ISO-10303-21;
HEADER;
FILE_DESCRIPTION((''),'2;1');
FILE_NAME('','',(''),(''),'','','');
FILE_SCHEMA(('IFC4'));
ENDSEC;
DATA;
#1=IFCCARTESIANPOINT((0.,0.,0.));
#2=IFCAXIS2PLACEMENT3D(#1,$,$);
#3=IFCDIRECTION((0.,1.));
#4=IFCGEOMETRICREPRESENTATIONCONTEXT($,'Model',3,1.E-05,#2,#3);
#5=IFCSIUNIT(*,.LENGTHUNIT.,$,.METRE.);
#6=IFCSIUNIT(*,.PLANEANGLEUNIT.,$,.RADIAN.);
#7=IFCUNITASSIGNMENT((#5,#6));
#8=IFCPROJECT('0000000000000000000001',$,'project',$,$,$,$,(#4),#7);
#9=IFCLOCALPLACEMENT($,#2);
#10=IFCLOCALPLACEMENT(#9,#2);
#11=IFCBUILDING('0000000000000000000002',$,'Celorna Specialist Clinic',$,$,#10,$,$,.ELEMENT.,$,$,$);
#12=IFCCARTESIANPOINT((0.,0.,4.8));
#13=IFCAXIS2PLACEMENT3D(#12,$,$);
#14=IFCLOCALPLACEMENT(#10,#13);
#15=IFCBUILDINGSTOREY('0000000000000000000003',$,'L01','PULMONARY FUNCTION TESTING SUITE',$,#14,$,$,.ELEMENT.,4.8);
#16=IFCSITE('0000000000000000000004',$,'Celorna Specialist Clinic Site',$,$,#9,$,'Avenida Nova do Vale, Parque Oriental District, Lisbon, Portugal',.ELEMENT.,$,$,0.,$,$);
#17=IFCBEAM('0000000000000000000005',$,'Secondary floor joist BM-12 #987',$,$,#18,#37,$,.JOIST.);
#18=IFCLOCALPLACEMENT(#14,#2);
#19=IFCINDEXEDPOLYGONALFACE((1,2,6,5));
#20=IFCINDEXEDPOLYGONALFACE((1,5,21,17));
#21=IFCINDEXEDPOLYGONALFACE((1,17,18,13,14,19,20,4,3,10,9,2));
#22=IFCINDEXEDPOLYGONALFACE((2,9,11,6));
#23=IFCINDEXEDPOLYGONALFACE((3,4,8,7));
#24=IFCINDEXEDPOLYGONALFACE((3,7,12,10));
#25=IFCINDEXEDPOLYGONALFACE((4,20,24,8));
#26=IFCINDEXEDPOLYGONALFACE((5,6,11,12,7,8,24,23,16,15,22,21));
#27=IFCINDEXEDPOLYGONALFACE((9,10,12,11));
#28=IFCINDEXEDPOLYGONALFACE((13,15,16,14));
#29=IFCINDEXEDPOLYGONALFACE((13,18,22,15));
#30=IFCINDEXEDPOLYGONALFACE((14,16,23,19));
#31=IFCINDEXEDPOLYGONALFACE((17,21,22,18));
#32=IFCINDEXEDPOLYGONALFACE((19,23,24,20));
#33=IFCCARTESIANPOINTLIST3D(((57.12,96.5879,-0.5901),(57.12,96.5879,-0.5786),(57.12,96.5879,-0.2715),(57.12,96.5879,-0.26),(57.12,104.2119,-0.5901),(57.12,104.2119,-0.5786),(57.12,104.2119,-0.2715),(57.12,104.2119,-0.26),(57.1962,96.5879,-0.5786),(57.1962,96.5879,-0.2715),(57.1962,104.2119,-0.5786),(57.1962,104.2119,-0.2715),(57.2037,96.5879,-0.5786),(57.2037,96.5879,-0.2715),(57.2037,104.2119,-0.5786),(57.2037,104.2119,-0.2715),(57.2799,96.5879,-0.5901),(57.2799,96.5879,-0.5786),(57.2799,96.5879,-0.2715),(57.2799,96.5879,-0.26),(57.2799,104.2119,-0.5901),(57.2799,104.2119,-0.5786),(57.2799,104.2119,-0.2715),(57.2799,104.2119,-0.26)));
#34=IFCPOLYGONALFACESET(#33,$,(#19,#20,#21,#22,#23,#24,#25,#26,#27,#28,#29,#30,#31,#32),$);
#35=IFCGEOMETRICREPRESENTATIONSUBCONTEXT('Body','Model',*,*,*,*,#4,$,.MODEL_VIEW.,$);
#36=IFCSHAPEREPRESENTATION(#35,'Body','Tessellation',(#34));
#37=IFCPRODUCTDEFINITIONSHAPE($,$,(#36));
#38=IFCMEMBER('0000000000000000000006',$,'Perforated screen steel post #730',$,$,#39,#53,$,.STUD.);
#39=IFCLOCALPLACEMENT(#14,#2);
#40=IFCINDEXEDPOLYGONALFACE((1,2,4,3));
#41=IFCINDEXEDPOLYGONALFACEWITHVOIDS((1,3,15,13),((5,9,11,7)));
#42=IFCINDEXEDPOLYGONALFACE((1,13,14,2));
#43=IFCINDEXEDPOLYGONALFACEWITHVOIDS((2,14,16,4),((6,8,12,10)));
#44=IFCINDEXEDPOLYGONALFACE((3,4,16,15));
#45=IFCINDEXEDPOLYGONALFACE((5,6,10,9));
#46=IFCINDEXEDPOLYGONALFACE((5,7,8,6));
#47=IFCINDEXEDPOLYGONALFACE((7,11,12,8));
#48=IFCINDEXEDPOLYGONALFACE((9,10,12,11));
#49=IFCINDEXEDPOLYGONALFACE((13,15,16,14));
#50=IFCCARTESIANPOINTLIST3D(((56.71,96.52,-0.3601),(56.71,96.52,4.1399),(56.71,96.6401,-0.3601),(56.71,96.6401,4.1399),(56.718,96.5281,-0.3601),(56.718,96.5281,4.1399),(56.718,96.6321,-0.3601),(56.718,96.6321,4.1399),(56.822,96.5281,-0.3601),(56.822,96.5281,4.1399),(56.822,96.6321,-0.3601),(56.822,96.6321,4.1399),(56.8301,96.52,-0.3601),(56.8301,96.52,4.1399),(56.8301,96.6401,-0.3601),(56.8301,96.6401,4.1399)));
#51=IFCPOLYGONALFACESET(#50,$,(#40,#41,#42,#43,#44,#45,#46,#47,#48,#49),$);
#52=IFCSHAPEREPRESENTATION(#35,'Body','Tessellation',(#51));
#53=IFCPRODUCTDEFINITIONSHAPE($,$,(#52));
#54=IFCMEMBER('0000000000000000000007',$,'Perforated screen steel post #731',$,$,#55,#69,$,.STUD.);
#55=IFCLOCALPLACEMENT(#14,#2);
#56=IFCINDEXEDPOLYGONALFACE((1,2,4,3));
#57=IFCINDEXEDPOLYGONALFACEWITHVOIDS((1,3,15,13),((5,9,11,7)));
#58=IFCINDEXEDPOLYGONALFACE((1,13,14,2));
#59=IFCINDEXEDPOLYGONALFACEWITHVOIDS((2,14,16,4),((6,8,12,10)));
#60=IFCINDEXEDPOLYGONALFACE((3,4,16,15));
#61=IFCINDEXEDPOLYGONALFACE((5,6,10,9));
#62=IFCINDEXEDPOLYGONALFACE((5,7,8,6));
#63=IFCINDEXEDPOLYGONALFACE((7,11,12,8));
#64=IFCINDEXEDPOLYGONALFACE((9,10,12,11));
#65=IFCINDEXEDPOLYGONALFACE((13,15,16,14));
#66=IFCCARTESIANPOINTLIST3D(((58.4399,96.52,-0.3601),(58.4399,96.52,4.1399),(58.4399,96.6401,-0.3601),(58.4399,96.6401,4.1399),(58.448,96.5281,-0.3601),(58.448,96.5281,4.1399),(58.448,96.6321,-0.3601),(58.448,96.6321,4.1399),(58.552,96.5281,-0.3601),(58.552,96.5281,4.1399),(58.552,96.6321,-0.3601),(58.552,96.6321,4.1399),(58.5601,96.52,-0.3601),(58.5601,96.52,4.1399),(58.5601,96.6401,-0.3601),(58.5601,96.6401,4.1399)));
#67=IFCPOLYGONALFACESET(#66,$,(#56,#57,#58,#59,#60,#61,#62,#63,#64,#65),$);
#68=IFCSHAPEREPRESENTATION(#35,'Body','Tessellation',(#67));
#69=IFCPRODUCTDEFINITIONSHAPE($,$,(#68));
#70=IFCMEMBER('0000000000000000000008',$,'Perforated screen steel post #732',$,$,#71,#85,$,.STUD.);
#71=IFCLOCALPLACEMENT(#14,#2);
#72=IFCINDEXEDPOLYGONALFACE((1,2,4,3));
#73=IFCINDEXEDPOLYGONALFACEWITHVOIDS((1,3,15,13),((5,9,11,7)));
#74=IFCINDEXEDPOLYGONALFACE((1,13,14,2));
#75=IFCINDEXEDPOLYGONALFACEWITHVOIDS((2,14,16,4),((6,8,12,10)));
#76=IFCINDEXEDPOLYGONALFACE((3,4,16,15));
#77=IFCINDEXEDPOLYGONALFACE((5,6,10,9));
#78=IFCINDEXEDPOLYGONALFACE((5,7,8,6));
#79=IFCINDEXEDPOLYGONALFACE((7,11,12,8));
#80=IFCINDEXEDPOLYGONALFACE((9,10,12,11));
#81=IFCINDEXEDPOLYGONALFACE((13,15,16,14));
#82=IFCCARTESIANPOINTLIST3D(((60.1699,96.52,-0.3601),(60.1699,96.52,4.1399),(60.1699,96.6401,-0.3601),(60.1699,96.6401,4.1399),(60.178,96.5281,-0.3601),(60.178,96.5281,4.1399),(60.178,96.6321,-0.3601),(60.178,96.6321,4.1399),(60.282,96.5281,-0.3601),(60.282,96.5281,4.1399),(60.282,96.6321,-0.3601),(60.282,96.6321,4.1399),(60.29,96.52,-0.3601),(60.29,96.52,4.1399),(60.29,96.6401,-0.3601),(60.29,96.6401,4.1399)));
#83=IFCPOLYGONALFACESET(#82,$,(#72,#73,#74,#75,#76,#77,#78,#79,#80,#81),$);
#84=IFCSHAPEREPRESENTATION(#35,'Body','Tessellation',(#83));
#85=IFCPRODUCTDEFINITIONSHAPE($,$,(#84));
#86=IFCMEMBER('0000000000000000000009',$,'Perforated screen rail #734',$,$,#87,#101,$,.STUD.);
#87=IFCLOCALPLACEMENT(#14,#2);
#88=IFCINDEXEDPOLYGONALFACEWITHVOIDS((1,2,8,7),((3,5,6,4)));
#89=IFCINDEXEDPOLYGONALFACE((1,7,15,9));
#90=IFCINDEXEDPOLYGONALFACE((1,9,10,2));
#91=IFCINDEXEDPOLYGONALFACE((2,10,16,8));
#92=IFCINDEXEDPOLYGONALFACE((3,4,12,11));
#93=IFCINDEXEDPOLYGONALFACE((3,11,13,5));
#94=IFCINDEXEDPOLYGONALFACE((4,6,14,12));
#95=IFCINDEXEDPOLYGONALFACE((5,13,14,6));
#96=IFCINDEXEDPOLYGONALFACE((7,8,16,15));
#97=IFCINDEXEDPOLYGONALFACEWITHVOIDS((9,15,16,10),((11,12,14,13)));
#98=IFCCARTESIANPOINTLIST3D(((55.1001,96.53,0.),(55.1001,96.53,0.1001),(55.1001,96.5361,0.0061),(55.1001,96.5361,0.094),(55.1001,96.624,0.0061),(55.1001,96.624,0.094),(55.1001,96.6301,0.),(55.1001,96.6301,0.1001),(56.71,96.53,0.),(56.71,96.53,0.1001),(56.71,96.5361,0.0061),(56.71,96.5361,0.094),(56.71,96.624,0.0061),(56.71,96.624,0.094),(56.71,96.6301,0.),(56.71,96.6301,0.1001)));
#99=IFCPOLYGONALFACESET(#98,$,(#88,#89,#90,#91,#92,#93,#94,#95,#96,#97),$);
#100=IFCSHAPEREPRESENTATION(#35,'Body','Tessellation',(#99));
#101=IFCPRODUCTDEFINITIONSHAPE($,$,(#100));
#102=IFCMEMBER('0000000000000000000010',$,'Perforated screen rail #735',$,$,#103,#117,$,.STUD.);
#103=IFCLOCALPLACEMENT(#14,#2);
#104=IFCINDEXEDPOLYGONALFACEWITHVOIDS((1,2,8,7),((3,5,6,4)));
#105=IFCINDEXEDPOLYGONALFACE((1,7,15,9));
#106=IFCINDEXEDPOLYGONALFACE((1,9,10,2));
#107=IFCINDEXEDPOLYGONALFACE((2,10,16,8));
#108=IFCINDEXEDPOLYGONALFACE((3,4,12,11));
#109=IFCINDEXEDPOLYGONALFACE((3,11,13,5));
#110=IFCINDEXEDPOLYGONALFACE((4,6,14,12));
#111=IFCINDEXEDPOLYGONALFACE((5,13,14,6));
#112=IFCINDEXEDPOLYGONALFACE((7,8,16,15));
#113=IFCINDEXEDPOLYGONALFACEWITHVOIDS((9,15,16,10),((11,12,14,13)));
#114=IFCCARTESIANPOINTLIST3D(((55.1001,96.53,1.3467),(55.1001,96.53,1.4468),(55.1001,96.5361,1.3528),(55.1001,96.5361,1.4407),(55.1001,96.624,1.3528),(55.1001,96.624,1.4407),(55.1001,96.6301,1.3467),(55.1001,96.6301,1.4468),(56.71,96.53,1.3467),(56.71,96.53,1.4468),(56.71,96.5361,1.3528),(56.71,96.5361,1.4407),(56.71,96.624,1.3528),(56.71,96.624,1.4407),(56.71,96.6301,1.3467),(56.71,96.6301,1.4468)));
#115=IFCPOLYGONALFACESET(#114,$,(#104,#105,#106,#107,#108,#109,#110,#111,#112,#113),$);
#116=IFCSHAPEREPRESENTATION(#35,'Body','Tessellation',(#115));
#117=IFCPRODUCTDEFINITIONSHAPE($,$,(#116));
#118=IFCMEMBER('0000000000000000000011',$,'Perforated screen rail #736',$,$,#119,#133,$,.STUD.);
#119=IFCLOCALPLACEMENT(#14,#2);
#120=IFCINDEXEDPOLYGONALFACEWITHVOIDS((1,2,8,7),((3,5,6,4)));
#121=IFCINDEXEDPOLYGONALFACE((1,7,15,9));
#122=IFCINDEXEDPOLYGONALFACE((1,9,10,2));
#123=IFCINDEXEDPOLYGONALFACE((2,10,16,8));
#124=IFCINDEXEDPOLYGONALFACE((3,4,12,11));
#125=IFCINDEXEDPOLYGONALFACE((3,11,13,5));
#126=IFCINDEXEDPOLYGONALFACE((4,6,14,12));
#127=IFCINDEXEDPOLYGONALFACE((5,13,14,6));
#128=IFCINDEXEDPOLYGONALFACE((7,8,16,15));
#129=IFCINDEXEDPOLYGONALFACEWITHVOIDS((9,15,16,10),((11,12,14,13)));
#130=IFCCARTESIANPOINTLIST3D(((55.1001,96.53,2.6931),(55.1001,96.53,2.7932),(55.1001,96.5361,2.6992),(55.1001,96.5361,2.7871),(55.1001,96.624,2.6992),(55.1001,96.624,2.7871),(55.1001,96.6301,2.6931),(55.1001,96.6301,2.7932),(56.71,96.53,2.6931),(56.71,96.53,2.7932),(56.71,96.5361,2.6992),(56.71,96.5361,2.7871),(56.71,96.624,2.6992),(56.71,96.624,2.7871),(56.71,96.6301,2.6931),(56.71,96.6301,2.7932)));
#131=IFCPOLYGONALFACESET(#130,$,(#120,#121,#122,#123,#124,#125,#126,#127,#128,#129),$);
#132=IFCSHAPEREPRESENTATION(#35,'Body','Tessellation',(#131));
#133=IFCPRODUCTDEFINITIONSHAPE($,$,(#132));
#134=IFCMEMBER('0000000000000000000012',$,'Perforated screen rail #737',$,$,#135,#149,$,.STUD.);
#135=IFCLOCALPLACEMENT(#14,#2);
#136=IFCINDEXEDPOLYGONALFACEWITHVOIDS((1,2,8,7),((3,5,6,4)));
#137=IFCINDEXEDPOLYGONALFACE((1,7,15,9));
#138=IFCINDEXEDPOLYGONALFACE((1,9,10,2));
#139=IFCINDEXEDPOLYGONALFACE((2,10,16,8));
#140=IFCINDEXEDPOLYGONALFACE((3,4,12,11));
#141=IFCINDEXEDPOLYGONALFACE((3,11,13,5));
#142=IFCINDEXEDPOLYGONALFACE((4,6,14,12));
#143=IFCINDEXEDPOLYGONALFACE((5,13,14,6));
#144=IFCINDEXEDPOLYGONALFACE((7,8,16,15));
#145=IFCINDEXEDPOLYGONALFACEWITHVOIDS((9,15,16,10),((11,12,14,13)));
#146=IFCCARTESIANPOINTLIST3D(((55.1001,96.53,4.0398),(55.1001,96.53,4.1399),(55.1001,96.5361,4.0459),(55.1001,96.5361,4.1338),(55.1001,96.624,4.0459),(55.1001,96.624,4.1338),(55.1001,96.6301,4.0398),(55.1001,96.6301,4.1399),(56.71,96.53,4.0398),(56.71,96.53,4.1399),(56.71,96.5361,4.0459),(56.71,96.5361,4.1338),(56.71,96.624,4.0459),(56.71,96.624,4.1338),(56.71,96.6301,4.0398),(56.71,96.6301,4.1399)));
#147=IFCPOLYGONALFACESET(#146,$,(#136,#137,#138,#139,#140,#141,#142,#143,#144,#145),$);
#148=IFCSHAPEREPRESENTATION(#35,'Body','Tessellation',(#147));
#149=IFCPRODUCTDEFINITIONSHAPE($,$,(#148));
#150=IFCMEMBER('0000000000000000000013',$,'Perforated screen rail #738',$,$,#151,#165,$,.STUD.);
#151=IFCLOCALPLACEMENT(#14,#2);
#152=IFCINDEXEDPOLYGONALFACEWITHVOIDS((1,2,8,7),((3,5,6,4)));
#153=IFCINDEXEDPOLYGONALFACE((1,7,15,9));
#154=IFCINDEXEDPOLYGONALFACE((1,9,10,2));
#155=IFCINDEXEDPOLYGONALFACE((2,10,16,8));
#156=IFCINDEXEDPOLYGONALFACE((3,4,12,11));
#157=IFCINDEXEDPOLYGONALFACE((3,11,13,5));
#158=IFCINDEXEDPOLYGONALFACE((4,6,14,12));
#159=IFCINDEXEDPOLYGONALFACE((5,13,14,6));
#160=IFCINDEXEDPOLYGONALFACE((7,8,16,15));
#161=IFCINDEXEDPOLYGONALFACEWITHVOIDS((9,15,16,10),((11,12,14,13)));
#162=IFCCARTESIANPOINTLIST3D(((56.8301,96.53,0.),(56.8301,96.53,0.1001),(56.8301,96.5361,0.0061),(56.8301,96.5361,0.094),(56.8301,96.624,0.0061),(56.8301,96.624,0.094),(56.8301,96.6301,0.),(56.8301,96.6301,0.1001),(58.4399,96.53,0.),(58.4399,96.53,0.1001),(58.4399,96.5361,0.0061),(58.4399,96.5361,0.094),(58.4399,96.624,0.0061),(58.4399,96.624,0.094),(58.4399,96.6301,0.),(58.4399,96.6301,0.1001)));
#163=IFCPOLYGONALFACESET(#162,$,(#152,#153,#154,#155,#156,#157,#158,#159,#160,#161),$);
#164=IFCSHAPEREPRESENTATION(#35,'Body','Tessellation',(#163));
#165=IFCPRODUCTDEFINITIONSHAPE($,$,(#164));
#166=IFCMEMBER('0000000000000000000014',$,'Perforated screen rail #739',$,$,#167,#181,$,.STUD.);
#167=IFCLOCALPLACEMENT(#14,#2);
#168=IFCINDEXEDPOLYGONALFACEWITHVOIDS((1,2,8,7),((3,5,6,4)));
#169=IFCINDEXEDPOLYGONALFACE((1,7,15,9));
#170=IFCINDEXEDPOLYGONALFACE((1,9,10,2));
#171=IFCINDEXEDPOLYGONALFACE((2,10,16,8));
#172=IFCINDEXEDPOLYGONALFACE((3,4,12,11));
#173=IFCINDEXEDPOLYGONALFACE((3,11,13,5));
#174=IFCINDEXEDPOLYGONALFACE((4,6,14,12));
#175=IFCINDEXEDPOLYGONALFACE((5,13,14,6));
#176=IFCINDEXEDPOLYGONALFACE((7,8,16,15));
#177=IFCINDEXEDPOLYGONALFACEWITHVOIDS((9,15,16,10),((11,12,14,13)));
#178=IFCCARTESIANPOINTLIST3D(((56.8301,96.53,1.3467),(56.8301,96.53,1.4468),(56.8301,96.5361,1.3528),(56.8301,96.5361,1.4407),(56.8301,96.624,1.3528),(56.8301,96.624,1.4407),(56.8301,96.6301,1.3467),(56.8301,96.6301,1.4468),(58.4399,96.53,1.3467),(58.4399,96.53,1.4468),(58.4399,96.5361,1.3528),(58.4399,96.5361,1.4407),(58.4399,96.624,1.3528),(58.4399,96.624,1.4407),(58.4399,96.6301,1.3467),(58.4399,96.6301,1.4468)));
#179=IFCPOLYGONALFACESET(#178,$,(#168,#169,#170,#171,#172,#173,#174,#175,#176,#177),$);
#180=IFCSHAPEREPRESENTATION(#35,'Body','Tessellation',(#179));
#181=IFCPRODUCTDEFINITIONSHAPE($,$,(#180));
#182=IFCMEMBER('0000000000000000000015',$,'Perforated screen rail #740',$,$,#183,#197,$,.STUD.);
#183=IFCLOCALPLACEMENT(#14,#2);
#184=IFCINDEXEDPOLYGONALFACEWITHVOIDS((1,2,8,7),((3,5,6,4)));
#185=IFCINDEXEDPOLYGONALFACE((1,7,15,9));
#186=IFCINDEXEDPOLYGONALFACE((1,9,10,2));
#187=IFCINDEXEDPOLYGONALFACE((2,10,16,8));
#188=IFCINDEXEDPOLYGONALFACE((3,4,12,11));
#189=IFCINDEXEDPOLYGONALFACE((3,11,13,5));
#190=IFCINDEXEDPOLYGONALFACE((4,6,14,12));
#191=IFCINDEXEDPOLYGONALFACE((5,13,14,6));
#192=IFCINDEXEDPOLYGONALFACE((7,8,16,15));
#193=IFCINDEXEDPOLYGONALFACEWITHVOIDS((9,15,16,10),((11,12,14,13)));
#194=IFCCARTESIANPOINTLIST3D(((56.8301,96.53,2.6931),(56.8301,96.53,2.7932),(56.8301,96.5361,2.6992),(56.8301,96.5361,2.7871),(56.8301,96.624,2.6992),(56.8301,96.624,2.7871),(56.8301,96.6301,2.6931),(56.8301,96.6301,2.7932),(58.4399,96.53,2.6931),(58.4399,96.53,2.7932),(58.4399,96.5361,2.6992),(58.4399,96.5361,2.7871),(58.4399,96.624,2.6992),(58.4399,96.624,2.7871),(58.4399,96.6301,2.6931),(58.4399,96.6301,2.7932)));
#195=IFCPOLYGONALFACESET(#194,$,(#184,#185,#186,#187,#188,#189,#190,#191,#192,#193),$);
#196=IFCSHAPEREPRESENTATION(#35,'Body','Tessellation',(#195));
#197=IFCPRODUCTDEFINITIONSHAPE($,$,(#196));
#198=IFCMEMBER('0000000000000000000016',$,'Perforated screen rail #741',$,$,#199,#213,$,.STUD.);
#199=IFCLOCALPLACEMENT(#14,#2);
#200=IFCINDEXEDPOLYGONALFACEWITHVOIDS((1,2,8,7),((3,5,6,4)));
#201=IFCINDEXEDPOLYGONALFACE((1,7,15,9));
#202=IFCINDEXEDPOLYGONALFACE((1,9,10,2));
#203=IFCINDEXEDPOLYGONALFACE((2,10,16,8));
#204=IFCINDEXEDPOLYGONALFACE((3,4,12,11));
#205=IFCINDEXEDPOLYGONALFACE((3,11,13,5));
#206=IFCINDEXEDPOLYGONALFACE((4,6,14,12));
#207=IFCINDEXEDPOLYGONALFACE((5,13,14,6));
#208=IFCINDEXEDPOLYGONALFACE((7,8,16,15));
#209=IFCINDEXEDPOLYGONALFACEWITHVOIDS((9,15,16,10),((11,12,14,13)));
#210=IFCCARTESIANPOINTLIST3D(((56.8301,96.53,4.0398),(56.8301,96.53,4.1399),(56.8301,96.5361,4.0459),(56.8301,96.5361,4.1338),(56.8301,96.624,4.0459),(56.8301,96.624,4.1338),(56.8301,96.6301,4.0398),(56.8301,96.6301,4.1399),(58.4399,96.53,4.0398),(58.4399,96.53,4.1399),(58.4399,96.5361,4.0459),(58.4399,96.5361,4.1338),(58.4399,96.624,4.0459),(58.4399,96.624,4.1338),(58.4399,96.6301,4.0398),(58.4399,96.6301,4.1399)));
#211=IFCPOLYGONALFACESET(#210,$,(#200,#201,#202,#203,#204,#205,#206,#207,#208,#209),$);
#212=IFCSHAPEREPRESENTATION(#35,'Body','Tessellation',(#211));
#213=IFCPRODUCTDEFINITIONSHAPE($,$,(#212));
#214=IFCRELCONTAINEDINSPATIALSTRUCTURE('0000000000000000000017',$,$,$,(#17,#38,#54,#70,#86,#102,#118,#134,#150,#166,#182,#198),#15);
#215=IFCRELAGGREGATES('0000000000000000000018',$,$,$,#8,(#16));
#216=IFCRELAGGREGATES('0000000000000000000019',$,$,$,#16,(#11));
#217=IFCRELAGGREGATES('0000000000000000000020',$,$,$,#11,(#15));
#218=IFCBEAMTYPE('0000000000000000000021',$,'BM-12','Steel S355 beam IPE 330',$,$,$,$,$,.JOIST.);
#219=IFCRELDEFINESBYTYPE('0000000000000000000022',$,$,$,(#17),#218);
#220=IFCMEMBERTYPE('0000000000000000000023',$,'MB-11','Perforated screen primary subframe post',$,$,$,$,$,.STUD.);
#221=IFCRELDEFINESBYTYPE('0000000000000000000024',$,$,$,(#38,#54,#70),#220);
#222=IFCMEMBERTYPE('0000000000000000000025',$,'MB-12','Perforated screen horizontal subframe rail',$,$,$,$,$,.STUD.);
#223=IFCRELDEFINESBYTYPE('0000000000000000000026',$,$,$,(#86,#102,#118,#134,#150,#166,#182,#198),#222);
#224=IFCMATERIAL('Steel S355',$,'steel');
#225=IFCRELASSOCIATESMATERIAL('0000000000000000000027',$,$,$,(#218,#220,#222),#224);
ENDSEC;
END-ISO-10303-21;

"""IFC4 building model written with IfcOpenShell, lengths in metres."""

from ifc_helpers import new_model, si_unit, direction, frame, origin, origin_2d, place, context, subcontext, project, spatial, hollow_rectangle, i_section, extrude, material, material_profile, profile_set, type_object, element, save


model = new_model("IFC4")

# Units and contexts
model_context = context("Model", 3, precision=1e-05, world=origin(), true_north=direction((0.0, 1.0)))
body_context = subcontext(model_context, "Body", "Model", "MODEL_VIEW")
ifc_project = project(units=[si_unit("LENGTHUNIT", "METRE"), si_unit("PLANEANGLEUNIT", "RADIAN")], contexts=[model_context])

# Site, building, storey
site_placement = place(None, origin())
site = spatial("IfcSite", under=ifc_project, at=site_placement, Name="Celorna Specialist Clinic Site", LongName="Avenida Nova do Vale, Parque Oriental District, Lisbon, Portugal", CompositionType="ELEMENT", RefElevation=0.0)
building_placement = place(site_placement, origin())
building = spatial("IfcBuilding", under=site, at=building_placement, Name="Celorna Specialist Clinic", CompositionType="ELEMENT")
storey_placement = place(building_placement, frame((0.0, 0.0, 4.8)))
storey = spatial("IfcBuildingStorey", under=building, at=storey_placement, Name="L01", Description="PULMONARY FUNCTION TESTING SUITE", CompositionType="ELEMENT", Elevation=4.8)

# Beam
ifc_material_1 = material(Name="Steel S355", Category="steel")
ifc_material_profile_1 = material_profile(ifc_material_1, i_section(OverallWidth=0.1599, OverallDepth=0.3301, WebThickness=0.0076, FlangeThickness=0.0115, at=origin_2d()), Name="IPE 330")
ifc_profile_set_1 = profile_set([ifc_material_profile_1], Name="Steel S355")
beam_type = type_object("IfcBeamType", Name="BM-12", Description="Steel S355 beam IPE 330", PredefinedType="JOIST", material=ifc_profile_set_1)
beam_placement = place(storey_placement, frame((57.2, 96.5879, -0.425), z_axis=(0.0, 1.0, 0.0), x_axis=(-1.0, 0.0, 0.0)))
element("IfcBeam", 1, at=beam_placement, inside=storey, type_object=beam_type, Name="Secondary floor joist BM-12 #987", PredefinedType="JOIST", context=body_context, shape_type="SweptSolid", body=[
    extrude(i_section(OverallWidth=0.1599, OverallDepth=0.3301, WebThickness=0.0076, FlangeThickness=0.0115, at=origin_2d()), origin(), (0.0, 0.0, 1.0), 7.624),
])

# Members
ifc_material_profile_2 = material_profile(ifc_material_1, hollow_rectangle(XDim=0.1201, YDim=0.1201, WallThickness=0.0081, at=origin_2d()), Name="SHS 120x120x8")
ifc_profile_set_2 = profile_set([ifc_material_profile_2], Name="Steel S355")
member_type_1 = type_object("IfcMemberType", Name="MB-11", Description="Perforated screen primary subframe post", PredefinedType="STUD", material=ifc_profile_set_2)
for number, where, z_axis, x_axis, name in (
    (2, (56.77, 96.5801, -0.3601), (0.0, 0.0, 1.0), (1.0, 0.0, 0.0), "Perforated screen steel post #730"),
    (3, (58.5, 96.5801, -0.3601), (0.0, 0.0, 1.0), (1.0, 0.0, 0.0), "Perforated screen steel post #731"),
    (4, (60.23, 96.5801, -0.3601), (0.0, 0.0, 1.0), (1.0, 0.0, 0.0), "Perforated screen steel post #732"),
):
    element("IfcMember", number, at=place(storey_placement, frame(where, z_axis=z_axis, x_axis=x_axis)), inside=storey, type_object=member_type_1, Name=name, PredefinedType="STUD", context=body_context, shape_type="SweptSolid", body=[
        extrude(hollow_rectangle(XDim=0.1201, YDim=0.1201, WallThickness=0.0081, at=origin_2d()), origin(), (0.0, 0.0, 1.0), 4.5),
    ])
ifc_material_profile_3 = material_profile(ifc_material_1, hollow_rectangle(XDim=0.1001, YDim=0.1001, WallThickness=0.0061, at=origin_2d()), Name="SHS 100x100x6")
ifc_profile_set_3 = profile_set([ifc_material_profile_3], Name="Steel S355")
member_type_2 = type_object("IfcMemberType", Name="MB-12", Description="Perforated screen horizontal subframe rail", PredefinedType="STUD", material=ifc_profile_set_3)
for number, where, z_axis, x_axis, name in (
    (5, (55.1001, 96.5801, 0.05), (1.0, 0.0, 0.0), (0.0, 1.0, 0.0), "Perforated screen rail #734"),
    (6, (55.1001, 96.5801, 1.3967), (1.0, 0.0, 0.0), (0.0, 1.0, 0.0), "Perforated screen rail #735"),
    (7, (55.1001, 96.5801, 2.7432), (1.0, 0.0, 0.0), (0.0, 1.0, 0.0), "Perforated screen rail #736"),
    (8, (55.1001, 96.5801, 4.0898), (1.0, 0.0, 0.0), (0.0, 1.0, 0.0), "Perforated screen rail #737"),
    (9, (56.8301, 96.5801, 0.05), (1.0, 0.0, 0.0), (0.0, 1.0, 0.0), "Perforated screen rail #738"),
    (10, (56.8301, 96.5801, 1.3967), (1.0, 0.0, 0.0), (0.0, 1.0, 0.0), "Perforated screen rail #739"),
    (11, (56.8301, 96.5801, 2.7432), (1.0, 0.0, 0.0), (0.0, 1.0, 0.0), "Perforated screen rail #740"),
    (12, (56.8301, 96.5801, 4.0898), (1.0, 0.0, 0.0), (0.0, 1.0, 0.0), "Perforated screen rail #741"),
):
    element("IfcMember", number, at=place(storey_placement, frame(where, z_axis=z_axis, x_axis=x_axis)), inside=storey, type_object=member_type_2, Name=name, PredefinedType="STUD", context=body_context, shape_type="SweptSolid", body=[
        extrude(hollow_rectangle(XDim=0.1001, YDim=0.1001, WallThickness=0.0061, at=origin_2d()), origin(), (0.0, 0.0, 1.0), 1.6099),
    ])

save(model, "model.ifc")
